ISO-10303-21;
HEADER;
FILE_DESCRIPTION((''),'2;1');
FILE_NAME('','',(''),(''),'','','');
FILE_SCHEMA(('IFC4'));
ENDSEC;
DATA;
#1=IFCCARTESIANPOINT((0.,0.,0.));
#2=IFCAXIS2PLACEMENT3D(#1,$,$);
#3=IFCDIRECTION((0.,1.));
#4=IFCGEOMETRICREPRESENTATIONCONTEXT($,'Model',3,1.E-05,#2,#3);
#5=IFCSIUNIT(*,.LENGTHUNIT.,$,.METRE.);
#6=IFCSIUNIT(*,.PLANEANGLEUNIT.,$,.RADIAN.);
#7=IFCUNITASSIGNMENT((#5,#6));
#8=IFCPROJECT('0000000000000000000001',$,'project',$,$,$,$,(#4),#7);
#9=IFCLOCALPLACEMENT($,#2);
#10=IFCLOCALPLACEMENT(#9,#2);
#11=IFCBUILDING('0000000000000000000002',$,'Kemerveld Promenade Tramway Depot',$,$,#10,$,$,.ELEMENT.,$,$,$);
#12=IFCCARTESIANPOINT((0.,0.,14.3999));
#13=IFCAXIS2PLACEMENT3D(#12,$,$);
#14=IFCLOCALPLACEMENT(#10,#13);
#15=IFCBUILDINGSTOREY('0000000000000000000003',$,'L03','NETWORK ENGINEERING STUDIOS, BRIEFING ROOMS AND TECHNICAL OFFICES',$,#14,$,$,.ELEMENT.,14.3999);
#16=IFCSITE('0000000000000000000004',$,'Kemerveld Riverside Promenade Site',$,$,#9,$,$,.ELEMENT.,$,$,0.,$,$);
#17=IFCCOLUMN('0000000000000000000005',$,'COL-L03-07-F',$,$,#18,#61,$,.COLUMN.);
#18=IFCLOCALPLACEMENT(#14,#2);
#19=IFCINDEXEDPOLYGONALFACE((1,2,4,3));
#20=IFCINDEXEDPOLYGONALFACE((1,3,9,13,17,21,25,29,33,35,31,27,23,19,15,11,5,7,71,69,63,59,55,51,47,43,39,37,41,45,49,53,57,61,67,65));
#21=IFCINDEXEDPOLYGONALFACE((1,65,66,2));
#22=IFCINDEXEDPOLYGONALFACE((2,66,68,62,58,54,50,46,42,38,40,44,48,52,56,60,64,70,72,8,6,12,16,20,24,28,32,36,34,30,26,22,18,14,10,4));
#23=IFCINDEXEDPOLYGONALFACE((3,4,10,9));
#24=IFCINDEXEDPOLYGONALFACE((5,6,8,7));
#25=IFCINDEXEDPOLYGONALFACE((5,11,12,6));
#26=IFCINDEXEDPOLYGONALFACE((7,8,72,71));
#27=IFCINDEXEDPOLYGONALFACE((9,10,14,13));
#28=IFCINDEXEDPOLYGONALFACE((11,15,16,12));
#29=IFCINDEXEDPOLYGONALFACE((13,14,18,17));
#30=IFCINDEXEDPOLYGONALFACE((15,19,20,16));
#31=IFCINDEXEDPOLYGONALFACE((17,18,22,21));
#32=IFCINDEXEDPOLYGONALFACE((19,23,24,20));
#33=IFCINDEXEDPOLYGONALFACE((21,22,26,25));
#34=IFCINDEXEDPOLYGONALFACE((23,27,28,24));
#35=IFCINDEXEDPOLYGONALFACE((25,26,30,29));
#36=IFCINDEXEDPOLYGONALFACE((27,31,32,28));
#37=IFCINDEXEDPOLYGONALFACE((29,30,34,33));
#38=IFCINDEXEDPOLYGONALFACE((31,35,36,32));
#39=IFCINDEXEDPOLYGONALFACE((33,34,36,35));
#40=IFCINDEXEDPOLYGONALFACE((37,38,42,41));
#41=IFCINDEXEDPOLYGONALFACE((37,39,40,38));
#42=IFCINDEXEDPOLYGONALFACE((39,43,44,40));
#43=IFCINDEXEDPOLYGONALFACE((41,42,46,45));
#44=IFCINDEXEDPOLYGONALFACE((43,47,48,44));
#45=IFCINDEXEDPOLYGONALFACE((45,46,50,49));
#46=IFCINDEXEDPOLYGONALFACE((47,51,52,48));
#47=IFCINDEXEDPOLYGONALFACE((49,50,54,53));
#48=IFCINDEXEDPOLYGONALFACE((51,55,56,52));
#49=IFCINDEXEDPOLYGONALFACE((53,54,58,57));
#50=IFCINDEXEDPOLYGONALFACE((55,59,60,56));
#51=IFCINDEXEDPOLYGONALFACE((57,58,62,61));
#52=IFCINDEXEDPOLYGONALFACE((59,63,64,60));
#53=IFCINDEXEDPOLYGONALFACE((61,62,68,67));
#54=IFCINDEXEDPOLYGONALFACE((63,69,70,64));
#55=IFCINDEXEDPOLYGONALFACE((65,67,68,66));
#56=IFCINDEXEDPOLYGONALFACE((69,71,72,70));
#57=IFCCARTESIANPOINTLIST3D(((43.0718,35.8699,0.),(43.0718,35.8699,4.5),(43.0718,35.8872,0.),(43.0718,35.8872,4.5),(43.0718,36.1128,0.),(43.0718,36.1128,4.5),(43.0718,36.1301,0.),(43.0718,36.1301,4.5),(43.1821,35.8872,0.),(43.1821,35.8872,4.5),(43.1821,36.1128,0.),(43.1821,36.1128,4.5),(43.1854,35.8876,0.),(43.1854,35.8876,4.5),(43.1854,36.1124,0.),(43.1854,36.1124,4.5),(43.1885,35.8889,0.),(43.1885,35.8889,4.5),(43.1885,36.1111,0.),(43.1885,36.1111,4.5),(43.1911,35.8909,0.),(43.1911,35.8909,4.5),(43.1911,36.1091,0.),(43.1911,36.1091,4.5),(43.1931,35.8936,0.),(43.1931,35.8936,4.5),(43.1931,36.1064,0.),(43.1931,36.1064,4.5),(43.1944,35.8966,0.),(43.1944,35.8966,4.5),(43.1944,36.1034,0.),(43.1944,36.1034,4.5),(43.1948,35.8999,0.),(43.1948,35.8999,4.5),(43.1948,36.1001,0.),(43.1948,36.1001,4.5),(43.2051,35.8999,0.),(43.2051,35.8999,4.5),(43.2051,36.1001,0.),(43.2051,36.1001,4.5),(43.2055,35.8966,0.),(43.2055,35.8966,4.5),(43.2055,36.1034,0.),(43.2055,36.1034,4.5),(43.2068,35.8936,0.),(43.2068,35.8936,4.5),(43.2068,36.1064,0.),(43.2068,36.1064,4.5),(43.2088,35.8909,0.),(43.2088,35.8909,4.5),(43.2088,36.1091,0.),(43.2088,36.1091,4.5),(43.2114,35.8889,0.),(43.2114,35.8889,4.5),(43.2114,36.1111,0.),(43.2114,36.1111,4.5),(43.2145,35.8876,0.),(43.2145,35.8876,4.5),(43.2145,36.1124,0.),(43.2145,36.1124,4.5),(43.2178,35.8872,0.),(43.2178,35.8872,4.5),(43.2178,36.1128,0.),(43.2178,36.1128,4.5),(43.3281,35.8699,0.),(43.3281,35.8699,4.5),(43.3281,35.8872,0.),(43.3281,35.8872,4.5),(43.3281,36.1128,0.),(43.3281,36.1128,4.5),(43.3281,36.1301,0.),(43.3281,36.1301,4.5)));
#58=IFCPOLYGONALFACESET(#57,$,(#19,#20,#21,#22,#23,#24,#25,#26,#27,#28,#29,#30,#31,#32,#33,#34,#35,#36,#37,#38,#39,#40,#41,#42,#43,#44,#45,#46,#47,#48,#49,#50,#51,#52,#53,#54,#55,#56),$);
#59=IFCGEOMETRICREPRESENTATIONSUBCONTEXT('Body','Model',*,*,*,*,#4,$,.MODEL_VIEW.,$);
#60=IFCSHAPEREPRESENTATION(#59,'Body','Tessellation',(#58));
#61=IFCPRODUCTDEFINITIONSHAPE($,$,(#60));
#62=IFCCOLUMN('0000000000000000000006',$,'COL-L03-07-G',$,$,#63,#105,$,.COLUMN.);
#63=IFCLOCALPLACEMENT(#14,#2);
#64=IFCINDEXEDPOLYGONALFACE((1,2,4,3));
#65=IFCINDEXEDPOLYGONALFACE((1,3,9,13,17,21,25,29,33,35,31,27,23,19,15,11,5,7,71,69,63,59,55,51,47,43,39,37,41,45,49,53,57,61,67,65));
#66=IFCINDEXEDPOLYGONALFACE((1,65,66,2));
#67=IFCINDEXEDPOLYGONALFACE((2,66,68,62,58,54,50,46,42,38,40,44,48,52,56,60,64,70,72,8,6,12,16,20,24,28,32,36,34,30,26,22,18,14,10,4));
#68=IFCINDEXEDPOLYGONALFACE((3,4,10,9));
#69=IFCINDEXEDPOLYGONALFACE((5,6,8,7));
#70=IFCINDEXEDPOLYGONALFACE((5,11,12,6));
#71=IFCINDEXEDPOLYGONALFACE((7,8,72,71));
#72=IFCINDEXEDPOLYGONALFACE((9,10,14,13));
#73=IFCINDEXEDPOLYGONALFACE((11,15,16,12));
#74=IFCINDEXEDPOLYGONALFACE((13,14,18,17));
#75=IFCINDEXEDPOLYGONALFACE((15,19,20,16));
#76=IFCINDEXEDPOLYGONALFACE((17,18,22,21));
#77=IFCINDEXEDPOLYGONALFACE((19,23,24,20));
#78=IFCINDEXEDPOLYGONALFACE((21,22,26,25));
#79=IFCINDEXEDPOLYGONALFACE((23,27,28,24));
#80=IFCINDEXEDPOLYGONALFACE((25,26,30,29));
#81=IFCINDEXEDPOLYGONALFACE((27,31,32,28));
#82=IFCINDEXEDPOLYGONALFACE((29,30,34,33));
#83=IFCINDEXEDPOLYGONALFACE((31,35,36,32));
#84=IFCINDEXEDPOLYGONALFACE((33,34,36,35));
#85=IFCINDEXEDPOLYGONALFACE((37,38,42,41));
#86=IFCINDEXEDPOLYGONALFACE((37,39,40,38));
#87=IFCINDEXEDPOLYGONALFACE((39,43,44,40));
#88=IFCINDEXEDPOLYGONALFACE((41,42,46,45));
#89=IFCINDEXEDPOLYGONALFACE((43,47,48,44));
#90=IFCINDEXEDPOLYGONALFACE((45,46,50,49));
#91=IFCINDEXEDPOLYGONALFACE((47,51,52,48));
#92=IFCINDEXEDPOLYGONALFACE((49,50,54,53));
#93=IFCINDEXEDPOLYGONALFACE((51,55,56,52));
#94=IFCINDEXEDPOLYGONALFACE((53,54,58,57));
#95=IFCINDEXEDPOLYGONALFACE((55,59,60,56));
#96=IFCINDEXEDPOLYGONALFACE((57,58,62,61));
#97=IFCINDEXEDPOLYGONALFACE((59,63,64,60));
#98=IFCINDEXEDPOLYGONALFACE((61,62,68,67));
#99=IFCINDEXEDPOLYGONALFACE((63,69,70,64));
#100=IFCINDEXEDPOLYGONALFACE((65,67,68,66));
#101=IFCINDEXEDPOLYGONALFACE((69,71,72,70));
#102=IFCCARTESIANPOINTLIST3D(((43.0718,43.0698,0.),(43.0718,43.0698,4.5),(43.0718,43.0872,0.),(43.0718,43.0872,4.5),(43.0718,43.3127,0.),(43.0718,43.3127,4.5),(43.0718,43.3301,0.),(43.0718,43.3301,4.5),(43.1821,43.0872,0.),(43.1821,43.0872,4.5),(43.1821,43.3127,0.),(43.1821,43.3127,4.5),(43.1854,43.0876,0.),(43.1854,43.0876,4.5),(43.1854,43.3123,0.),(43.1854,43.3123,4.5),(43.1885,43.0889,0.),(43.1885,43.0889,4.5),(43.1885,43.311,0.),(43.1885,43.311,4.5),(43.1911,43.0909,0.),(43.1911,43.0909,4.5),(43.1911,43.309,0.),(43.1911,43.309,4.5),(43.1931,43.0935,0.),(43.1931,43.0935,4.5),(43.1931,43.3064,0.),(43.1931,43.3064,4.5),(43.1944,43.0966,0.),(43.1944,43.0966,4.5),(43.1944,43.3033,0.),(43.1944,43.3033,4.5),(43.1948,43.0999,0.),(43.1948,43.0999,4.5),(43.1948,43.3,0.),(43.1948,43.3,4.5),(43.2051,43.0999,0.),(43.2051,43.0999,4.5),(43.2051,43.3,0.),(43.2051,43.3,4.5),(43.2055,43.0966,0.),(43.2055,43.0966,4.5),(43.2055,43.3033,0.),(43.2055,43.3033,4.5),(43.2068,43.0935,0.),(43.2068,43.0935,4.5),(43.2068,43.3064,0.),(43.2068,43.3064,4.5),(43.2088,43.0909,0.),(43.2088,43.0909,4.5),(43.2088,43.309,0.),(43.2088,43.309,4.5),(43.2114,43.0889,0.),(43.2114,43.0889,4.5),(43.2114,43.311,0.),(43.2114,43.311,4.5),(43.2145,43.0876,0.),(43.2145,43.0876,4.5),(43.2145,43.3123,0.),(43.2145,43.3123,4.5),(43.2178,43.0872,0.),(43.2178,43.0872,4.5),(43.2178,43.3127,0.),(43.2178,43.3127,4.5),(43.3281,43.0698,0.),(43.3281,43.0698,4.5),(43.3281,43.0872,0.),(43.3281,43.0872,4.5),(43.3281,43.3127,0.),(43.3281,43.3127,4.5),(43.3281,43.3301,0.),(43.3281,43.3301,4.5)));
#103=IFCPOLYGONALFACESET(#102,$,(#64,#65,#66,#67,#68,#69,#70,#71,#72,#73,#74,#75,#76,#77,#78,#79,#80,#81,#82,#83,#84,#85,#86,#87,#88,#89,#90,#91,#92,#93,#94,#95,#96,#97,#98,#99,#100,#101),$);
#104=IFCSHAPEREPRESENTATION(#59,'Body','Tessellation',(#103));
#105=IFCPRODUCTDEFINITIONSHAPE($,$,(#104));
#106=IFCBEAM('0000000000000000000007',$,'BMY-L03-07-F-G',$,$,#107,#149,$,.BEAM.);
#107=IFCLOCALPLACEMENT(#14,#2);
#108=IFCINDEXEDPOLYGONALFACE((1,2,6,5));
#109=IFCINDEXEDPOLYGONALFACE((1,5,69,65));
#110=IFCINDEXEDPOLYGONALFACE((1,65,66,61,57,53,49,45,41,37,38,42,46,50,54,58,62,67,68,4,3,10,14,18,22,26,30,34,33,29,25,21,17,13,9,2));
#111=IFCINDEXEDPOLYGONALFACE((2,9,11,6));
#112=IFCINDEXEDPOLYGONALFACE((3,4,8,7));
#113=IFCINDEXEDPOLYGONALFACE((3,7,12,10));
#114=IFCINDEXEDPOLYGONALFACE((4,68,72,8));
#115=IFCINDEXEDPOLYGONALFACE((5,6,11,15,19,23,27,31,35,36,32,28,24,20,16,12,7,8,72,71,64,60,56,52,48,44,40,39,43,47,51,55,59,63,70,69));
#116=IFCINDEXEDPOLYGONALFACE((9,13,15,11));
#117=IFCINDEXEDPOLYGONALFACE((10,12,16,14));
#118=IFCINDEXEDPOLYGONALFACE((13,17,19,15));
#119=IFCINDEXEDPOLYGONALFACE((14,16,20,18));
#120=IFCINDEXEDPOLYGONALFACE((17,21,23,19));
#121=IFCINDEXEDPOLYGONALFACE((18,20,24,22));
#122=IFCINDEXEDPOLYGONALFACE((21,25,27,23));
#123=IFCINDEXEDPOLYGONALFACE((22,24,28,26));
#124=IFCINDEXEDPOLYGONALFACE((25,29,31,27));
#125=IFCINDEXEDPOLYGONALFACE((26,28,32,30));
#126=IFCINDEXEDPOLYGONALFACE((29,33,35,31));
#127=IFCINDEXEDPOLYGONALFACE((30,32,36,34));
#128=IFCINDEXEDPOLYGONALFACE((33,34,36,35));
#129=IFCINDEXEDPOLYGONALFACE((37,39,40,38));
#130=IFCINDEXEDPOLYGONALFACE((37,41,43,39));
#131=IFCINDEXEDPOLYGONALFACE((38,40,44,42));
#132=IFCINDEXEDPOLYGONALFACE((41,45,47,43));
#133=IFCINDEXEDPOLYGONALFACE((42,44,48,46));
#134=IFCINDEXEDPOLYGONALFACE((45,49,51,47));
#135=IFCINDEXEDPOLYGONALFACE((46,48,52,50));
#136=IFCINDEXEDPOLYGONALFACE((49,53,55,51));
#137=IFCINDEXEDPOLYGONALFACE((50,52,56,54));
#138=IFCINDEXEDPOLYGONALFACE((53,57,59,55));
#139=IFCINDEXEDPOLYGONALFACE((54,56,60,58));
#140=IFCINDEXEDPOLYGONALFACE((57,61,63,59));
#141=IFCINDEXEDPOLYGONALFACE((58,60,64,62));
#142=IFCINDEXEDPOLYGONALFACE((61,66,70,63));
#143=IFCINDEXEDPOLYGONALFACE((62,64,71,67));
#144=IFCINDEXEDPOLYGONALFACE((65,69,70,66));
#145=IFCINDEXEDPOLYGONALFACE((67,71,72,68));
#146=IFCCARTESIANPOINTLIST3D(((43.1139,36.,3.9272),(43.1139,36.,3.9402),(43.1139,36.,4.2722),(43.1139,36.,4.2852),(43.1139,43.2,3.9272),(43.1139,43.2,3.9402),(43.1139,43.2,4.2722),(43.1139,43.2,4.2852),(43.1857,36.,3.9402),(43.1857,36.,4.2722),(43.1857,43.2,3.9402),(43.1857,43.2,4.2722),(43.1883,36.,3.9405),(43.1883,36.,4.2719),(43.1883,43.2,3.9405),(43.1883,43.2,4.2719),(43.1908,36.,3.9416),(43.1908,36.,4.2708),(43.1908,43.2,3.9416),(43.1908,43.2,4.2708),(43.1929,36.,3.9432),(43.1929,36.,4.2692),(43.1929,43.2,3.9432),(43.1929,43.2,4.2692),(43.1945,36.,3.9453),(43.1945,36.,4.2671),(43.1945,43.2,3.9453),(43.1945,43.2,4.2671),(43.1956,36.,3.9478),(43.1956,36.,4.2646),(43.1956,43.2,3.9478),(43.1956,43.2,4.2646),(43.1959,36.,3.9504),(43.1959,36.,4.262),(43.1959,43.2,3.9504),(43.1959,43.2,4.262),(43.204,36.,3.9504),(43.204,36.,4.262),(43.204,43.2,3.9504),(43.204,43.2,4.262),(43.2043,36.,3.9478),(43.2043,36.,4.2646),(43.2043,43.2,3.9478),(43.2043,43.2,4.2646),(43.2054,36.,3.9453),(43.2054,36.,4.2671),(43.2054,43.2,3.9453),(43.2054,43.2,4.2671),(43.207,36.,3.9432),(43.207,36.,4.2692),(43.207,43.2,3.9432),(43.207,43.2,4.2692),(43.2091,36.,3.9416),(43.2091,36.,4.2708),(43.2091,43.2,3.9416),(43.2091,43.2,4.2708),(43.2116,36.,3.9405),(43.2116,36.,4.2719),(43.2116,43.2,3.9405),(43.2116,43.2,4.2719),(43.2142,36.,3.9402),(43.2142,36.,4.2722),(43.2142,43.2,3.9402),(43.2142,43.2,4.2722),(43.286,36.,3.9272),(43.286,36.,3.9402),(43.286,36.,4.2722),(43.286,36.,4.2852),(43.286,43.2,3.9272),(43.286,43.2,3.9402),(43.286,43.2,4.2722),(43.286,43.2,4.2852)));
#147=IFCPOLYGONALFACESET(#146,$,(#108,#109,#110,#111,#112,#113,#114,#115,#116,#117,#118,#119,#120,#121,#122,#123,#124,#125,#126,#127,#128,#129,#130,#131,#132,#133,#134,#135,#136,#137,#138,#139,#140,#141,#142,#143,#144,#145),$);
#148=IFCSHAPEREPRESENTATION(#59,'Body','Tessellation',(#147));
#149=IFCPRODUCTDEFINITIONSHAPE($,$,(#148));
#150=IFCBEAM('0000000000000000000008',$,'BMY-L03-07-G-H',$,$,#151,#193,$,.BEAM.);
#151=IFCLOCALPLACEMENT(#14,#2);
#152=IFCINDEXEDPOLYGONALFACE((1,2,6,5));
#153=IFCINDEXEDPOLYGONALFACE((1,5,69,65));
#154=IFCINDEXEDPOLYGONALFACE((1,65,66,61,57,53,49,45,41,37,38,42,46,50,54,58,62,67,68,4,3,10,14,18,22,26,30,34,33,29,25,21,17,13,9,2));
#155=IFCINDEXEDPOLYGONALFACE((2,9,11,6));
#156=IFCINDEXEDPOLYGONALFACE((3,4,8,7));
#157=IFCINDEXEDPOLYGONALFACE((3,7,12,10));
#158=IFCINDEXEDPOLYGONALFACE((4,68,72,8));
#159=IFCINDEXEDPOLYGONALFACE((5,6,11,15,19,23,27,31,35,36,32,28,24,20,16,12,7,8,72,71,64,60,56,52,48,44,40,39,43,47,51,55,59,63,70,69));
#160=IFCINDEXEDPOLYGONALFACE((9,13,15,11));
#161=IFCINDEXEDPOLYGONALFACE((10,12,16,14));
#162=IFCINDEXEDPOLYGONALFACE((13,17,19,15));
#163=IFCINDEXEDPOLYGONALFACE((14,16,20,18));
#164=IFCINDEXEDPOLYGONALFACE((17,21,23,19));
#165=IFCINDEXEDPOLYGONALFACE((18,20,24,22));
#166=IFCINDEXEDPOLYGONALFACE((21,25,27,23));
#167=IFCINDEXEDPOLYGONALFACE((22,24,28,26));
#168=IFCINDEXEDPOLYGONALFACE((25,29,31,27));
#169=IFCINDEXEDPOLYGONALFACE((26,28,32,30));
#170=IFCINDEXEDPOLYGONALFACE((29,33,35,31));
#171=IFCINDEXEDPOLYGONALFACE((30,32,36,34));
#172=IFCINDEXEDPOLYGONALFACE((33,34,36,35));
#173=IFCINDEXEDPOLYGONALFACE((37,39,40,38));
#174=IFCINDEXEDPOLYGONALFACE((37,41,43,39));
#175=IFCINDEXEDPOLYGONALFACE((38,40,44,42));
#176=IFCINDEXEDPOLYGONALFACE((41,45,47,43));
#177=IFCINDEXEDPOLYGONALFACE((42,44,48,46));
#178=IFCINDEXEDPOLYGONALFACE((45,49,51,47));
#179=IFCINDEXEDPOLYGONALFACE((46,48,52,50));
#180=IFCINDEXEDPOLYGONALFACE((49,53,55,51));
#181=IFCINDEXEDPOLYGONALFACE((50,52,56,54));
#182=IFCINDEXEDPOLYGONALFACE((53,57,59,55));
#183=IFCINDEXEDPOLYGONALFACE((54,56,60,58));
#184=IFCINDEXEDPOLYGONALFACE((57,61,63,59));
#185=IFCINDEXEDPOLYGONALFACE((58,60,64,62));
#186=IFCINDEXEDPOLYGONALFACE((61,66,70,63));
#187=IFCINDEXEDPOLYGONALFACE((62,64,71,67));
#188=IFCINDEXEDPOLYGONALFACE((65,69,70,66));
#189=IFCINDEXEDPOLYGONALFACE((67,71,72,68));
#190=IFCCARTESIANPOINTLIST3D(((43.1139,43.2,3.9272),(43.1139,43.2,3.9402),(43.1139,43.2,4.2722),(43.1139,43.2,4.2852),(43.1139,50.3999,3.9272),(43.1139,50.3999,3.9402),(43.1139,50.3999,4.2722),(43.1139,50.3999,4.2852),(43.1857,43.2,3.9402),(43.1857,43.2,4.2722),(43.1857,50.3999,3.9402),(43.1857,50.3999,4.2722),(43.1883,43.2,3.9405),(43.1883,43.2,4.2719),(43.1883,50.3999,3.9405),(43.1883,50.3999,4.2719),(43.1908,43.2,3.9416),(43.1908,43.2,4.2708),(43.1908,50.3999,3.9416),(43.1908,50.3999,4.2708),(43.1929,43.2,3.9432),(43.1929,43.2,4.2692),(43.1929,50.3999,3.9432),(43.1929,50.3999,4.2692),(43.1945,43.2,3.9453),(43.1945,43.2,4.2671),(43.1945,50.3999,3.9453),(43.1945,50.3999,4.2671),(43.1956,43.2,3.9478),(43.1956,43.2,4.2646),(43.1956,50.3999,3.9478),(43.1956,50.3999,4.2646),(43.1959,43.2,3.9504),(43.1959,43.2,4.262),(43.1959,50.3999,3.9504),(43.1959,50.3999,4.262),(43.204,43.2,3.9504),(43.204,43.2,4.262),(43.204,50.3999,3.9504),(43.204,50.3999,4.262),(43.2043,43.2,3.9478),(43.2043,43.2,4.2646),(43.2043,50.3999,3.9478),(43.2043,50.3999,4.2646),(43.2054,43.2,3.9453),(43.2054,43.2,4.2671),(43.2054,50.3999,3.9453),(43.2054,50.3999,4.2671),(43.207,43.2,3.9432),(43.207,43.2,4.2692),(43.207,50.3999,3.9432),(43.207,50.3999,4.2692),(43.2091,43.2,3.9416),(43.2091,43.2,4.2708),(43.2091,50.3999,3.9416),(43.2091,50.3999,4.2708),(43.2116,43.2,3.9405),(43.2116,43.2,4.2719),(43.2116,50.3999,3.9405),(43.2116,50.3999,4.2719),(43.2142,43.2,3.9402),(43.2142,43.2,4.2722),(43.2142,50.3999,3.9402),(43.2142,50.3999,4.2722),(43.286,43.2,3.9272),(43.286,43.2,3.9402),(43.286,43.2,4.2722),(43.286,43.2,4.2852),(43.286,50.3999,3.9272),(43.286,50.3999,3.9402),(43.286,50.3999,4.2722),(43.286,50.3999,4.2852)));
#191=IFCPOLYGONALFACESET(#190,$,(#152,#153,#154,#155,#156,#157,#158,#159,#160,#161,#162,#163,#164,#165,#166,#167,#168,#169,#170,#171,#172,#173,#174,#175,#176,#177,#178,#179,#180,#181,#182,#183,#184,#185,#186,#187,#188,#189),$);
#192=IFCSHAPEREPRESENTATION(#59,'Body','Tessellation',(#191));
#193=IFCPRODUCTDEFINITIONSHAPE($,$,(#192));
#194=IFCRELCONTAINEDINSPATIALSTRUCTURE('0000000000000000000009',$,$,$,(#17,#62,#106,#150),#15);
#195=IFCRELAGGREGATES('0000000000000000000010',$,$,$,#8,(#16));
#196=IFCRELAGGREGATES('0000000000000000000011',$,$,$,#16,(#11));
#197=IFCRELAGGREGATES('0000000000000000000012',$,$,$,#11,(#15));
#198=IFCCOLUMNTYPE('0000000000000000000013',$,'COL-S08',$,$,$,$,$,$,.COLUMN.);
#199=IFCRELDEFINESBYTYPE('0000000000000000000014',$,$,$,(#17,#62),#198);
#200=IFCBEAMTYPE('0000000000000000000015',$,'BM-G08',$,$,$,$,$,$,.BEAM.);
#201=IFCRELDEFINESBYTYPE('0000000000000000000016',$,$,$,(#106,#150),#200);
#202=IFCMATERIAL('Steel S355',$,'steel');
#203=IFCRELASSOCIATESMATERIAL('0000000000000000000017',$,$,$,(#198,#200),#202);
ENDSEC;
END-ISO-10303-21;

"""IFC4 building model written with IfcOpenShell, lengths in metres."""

from ifc_helpers import new_model, si_unit, direction, frame, origin, origin_2d, place, context, subcontext, project, spatial, i_section, extrude, material, material_profile, profile_set, type_object, element, save


model = new_model("IFC4")

# Units and contexts
model_context = context("Model", 3, precision=1e-05, world=origin(), true_north=direction((0.0, 1.0)))
body_context = subcontext(model_context, "Body", "Model", "MODEL_VIEW")
ifc_project = project(units=[si_unit("LENGTHUNIT", "METRE"), si_unit("PLANEANGLEUNIT", "RADIAN")], contexts=[model_context])

# Site, building, storey
site_placement = place(None, origin())
site = spatial("IfcSite", under=ifc_project, at=site_placement, Name="Kemerveld Riverside Promenade Site", CompositionType="ELEMENT", RefElevation=0.0)
building_placement = place(site_placement, origin())
building = spatial("IfcBuilding", under=site, at=building_placement, Name="Kemerveld Promenade Tramway Depot", CompositionType="ELEMENT")
storey_placement = place(building_placement, frame((0.0, 0.0, 14.3999)))
storey = spatial("IfcBuildingStorey", under=building, at=storey_placement, Name="L03", Description="NETWORK ENGINEERING STUDIOS, BRIEFING ROOMS AND TECHNICAL OFFICES", CompositionType="ELEMENT", Elevation=14.3999)

# Columns
ifc_material_1 = material(Name="Steel S355", Category="steel")
ifc_material_profile_1 = material_profile(ifc_material_1, i_section(OverallWidth=0.2563, OverallDepth=0.2603, WebThickness=0.0103, FlangeThickness=0.0173, FilletRadius=0.0127, at=origin_2d()), Name="254x254x89 UC")
ifc_profile_set_1 = profile_set([ifc_material_profile_1], Name="Steel S355")
column_type = type_object("IfcColumnType", Name="COL-S08", PredefinedType="COLUMN", material=ifc_profile_set_1)
for number, where, z_axis, x_axis, name in (
    (1, (43.2, 36.0, 0.0), (0.0, 0.0, 1.0), (1.0, 0.0, 0.0), "COL-L03-07-F"),
    (2, (43.2, 43.2, 0.0), (0.0, 0.0, 1.0), (1.0, 0.0, 0.0), "COL-L03-07-G"),
):
    element("IfcColumn", number, at=place(storey_placement, frame(where, z_axis=z_axis, x_axis=x_axis)), inside=storey, type_object=column_type, Name=name, PredefinedType="COLUMN", context=body_context, shape_type="SweptSolid", body=[
        extrude(i_section(OverallWidth=0.2563, OverallDepth=0.2603, WebThickness=0.0103, FlangeThickness=0.0173, FilletRadius=0.0127, at=origin_2d()), origin(), (0.0, 0.0, 1.0), 4.5),
    ])

# Beams
ifc_material_profile_2 = material_profile(ifc_material_1, i_section(OverallWidth=0.1721, OverallDepth=0.3579, WebThickness=0.0081, FlangeThickness=0.0129, FilletRadius=0.0103, at=origin_2d()), Name="356x171x57 UB")
ifc_profile_set_2 = profile_set([ifc_material_profile_2], Name="Steel S355")
beam_type_1 = type_object("IfcBeamType", Name="BM-G08", PredefinedType="BEAM", material=ifc_profile_set_2)
for number, where, z_axis, x_axis, name in (
    (3, (43.2, 36.0, 4.1062), (0.0, 1.0, 0.0), (-1.0, 0.0, 0.0), "BMY-L03-07-F-G"),
    (4, (43.2, 43.2, 4.1062), (0.0, 1.0, 0.0), (-1.0, 0.0, 0.0), "BMY-L03-07-G-H"),
):
    element("IfcBeam", number, at=place(storey_placement, frame(where, z_axis=z_axis, x_axis=x_axis)), inside=storey, type_object=beam_type_1, Name=name, PredefinedType="BEAM", context=body_context, shape_type="SweptSolid", body=[
        extrude(i_section(OverallWidth=0.1721, OverallDepth=0.3579, WebThickness=0.0081, FlangeThickness=0.0129, FilletRadius=0.0103, at=origin_2d()), origin(), (0.0, 0.0, 1.0), 7.2),
    ])

save(model, "model.ifc")
